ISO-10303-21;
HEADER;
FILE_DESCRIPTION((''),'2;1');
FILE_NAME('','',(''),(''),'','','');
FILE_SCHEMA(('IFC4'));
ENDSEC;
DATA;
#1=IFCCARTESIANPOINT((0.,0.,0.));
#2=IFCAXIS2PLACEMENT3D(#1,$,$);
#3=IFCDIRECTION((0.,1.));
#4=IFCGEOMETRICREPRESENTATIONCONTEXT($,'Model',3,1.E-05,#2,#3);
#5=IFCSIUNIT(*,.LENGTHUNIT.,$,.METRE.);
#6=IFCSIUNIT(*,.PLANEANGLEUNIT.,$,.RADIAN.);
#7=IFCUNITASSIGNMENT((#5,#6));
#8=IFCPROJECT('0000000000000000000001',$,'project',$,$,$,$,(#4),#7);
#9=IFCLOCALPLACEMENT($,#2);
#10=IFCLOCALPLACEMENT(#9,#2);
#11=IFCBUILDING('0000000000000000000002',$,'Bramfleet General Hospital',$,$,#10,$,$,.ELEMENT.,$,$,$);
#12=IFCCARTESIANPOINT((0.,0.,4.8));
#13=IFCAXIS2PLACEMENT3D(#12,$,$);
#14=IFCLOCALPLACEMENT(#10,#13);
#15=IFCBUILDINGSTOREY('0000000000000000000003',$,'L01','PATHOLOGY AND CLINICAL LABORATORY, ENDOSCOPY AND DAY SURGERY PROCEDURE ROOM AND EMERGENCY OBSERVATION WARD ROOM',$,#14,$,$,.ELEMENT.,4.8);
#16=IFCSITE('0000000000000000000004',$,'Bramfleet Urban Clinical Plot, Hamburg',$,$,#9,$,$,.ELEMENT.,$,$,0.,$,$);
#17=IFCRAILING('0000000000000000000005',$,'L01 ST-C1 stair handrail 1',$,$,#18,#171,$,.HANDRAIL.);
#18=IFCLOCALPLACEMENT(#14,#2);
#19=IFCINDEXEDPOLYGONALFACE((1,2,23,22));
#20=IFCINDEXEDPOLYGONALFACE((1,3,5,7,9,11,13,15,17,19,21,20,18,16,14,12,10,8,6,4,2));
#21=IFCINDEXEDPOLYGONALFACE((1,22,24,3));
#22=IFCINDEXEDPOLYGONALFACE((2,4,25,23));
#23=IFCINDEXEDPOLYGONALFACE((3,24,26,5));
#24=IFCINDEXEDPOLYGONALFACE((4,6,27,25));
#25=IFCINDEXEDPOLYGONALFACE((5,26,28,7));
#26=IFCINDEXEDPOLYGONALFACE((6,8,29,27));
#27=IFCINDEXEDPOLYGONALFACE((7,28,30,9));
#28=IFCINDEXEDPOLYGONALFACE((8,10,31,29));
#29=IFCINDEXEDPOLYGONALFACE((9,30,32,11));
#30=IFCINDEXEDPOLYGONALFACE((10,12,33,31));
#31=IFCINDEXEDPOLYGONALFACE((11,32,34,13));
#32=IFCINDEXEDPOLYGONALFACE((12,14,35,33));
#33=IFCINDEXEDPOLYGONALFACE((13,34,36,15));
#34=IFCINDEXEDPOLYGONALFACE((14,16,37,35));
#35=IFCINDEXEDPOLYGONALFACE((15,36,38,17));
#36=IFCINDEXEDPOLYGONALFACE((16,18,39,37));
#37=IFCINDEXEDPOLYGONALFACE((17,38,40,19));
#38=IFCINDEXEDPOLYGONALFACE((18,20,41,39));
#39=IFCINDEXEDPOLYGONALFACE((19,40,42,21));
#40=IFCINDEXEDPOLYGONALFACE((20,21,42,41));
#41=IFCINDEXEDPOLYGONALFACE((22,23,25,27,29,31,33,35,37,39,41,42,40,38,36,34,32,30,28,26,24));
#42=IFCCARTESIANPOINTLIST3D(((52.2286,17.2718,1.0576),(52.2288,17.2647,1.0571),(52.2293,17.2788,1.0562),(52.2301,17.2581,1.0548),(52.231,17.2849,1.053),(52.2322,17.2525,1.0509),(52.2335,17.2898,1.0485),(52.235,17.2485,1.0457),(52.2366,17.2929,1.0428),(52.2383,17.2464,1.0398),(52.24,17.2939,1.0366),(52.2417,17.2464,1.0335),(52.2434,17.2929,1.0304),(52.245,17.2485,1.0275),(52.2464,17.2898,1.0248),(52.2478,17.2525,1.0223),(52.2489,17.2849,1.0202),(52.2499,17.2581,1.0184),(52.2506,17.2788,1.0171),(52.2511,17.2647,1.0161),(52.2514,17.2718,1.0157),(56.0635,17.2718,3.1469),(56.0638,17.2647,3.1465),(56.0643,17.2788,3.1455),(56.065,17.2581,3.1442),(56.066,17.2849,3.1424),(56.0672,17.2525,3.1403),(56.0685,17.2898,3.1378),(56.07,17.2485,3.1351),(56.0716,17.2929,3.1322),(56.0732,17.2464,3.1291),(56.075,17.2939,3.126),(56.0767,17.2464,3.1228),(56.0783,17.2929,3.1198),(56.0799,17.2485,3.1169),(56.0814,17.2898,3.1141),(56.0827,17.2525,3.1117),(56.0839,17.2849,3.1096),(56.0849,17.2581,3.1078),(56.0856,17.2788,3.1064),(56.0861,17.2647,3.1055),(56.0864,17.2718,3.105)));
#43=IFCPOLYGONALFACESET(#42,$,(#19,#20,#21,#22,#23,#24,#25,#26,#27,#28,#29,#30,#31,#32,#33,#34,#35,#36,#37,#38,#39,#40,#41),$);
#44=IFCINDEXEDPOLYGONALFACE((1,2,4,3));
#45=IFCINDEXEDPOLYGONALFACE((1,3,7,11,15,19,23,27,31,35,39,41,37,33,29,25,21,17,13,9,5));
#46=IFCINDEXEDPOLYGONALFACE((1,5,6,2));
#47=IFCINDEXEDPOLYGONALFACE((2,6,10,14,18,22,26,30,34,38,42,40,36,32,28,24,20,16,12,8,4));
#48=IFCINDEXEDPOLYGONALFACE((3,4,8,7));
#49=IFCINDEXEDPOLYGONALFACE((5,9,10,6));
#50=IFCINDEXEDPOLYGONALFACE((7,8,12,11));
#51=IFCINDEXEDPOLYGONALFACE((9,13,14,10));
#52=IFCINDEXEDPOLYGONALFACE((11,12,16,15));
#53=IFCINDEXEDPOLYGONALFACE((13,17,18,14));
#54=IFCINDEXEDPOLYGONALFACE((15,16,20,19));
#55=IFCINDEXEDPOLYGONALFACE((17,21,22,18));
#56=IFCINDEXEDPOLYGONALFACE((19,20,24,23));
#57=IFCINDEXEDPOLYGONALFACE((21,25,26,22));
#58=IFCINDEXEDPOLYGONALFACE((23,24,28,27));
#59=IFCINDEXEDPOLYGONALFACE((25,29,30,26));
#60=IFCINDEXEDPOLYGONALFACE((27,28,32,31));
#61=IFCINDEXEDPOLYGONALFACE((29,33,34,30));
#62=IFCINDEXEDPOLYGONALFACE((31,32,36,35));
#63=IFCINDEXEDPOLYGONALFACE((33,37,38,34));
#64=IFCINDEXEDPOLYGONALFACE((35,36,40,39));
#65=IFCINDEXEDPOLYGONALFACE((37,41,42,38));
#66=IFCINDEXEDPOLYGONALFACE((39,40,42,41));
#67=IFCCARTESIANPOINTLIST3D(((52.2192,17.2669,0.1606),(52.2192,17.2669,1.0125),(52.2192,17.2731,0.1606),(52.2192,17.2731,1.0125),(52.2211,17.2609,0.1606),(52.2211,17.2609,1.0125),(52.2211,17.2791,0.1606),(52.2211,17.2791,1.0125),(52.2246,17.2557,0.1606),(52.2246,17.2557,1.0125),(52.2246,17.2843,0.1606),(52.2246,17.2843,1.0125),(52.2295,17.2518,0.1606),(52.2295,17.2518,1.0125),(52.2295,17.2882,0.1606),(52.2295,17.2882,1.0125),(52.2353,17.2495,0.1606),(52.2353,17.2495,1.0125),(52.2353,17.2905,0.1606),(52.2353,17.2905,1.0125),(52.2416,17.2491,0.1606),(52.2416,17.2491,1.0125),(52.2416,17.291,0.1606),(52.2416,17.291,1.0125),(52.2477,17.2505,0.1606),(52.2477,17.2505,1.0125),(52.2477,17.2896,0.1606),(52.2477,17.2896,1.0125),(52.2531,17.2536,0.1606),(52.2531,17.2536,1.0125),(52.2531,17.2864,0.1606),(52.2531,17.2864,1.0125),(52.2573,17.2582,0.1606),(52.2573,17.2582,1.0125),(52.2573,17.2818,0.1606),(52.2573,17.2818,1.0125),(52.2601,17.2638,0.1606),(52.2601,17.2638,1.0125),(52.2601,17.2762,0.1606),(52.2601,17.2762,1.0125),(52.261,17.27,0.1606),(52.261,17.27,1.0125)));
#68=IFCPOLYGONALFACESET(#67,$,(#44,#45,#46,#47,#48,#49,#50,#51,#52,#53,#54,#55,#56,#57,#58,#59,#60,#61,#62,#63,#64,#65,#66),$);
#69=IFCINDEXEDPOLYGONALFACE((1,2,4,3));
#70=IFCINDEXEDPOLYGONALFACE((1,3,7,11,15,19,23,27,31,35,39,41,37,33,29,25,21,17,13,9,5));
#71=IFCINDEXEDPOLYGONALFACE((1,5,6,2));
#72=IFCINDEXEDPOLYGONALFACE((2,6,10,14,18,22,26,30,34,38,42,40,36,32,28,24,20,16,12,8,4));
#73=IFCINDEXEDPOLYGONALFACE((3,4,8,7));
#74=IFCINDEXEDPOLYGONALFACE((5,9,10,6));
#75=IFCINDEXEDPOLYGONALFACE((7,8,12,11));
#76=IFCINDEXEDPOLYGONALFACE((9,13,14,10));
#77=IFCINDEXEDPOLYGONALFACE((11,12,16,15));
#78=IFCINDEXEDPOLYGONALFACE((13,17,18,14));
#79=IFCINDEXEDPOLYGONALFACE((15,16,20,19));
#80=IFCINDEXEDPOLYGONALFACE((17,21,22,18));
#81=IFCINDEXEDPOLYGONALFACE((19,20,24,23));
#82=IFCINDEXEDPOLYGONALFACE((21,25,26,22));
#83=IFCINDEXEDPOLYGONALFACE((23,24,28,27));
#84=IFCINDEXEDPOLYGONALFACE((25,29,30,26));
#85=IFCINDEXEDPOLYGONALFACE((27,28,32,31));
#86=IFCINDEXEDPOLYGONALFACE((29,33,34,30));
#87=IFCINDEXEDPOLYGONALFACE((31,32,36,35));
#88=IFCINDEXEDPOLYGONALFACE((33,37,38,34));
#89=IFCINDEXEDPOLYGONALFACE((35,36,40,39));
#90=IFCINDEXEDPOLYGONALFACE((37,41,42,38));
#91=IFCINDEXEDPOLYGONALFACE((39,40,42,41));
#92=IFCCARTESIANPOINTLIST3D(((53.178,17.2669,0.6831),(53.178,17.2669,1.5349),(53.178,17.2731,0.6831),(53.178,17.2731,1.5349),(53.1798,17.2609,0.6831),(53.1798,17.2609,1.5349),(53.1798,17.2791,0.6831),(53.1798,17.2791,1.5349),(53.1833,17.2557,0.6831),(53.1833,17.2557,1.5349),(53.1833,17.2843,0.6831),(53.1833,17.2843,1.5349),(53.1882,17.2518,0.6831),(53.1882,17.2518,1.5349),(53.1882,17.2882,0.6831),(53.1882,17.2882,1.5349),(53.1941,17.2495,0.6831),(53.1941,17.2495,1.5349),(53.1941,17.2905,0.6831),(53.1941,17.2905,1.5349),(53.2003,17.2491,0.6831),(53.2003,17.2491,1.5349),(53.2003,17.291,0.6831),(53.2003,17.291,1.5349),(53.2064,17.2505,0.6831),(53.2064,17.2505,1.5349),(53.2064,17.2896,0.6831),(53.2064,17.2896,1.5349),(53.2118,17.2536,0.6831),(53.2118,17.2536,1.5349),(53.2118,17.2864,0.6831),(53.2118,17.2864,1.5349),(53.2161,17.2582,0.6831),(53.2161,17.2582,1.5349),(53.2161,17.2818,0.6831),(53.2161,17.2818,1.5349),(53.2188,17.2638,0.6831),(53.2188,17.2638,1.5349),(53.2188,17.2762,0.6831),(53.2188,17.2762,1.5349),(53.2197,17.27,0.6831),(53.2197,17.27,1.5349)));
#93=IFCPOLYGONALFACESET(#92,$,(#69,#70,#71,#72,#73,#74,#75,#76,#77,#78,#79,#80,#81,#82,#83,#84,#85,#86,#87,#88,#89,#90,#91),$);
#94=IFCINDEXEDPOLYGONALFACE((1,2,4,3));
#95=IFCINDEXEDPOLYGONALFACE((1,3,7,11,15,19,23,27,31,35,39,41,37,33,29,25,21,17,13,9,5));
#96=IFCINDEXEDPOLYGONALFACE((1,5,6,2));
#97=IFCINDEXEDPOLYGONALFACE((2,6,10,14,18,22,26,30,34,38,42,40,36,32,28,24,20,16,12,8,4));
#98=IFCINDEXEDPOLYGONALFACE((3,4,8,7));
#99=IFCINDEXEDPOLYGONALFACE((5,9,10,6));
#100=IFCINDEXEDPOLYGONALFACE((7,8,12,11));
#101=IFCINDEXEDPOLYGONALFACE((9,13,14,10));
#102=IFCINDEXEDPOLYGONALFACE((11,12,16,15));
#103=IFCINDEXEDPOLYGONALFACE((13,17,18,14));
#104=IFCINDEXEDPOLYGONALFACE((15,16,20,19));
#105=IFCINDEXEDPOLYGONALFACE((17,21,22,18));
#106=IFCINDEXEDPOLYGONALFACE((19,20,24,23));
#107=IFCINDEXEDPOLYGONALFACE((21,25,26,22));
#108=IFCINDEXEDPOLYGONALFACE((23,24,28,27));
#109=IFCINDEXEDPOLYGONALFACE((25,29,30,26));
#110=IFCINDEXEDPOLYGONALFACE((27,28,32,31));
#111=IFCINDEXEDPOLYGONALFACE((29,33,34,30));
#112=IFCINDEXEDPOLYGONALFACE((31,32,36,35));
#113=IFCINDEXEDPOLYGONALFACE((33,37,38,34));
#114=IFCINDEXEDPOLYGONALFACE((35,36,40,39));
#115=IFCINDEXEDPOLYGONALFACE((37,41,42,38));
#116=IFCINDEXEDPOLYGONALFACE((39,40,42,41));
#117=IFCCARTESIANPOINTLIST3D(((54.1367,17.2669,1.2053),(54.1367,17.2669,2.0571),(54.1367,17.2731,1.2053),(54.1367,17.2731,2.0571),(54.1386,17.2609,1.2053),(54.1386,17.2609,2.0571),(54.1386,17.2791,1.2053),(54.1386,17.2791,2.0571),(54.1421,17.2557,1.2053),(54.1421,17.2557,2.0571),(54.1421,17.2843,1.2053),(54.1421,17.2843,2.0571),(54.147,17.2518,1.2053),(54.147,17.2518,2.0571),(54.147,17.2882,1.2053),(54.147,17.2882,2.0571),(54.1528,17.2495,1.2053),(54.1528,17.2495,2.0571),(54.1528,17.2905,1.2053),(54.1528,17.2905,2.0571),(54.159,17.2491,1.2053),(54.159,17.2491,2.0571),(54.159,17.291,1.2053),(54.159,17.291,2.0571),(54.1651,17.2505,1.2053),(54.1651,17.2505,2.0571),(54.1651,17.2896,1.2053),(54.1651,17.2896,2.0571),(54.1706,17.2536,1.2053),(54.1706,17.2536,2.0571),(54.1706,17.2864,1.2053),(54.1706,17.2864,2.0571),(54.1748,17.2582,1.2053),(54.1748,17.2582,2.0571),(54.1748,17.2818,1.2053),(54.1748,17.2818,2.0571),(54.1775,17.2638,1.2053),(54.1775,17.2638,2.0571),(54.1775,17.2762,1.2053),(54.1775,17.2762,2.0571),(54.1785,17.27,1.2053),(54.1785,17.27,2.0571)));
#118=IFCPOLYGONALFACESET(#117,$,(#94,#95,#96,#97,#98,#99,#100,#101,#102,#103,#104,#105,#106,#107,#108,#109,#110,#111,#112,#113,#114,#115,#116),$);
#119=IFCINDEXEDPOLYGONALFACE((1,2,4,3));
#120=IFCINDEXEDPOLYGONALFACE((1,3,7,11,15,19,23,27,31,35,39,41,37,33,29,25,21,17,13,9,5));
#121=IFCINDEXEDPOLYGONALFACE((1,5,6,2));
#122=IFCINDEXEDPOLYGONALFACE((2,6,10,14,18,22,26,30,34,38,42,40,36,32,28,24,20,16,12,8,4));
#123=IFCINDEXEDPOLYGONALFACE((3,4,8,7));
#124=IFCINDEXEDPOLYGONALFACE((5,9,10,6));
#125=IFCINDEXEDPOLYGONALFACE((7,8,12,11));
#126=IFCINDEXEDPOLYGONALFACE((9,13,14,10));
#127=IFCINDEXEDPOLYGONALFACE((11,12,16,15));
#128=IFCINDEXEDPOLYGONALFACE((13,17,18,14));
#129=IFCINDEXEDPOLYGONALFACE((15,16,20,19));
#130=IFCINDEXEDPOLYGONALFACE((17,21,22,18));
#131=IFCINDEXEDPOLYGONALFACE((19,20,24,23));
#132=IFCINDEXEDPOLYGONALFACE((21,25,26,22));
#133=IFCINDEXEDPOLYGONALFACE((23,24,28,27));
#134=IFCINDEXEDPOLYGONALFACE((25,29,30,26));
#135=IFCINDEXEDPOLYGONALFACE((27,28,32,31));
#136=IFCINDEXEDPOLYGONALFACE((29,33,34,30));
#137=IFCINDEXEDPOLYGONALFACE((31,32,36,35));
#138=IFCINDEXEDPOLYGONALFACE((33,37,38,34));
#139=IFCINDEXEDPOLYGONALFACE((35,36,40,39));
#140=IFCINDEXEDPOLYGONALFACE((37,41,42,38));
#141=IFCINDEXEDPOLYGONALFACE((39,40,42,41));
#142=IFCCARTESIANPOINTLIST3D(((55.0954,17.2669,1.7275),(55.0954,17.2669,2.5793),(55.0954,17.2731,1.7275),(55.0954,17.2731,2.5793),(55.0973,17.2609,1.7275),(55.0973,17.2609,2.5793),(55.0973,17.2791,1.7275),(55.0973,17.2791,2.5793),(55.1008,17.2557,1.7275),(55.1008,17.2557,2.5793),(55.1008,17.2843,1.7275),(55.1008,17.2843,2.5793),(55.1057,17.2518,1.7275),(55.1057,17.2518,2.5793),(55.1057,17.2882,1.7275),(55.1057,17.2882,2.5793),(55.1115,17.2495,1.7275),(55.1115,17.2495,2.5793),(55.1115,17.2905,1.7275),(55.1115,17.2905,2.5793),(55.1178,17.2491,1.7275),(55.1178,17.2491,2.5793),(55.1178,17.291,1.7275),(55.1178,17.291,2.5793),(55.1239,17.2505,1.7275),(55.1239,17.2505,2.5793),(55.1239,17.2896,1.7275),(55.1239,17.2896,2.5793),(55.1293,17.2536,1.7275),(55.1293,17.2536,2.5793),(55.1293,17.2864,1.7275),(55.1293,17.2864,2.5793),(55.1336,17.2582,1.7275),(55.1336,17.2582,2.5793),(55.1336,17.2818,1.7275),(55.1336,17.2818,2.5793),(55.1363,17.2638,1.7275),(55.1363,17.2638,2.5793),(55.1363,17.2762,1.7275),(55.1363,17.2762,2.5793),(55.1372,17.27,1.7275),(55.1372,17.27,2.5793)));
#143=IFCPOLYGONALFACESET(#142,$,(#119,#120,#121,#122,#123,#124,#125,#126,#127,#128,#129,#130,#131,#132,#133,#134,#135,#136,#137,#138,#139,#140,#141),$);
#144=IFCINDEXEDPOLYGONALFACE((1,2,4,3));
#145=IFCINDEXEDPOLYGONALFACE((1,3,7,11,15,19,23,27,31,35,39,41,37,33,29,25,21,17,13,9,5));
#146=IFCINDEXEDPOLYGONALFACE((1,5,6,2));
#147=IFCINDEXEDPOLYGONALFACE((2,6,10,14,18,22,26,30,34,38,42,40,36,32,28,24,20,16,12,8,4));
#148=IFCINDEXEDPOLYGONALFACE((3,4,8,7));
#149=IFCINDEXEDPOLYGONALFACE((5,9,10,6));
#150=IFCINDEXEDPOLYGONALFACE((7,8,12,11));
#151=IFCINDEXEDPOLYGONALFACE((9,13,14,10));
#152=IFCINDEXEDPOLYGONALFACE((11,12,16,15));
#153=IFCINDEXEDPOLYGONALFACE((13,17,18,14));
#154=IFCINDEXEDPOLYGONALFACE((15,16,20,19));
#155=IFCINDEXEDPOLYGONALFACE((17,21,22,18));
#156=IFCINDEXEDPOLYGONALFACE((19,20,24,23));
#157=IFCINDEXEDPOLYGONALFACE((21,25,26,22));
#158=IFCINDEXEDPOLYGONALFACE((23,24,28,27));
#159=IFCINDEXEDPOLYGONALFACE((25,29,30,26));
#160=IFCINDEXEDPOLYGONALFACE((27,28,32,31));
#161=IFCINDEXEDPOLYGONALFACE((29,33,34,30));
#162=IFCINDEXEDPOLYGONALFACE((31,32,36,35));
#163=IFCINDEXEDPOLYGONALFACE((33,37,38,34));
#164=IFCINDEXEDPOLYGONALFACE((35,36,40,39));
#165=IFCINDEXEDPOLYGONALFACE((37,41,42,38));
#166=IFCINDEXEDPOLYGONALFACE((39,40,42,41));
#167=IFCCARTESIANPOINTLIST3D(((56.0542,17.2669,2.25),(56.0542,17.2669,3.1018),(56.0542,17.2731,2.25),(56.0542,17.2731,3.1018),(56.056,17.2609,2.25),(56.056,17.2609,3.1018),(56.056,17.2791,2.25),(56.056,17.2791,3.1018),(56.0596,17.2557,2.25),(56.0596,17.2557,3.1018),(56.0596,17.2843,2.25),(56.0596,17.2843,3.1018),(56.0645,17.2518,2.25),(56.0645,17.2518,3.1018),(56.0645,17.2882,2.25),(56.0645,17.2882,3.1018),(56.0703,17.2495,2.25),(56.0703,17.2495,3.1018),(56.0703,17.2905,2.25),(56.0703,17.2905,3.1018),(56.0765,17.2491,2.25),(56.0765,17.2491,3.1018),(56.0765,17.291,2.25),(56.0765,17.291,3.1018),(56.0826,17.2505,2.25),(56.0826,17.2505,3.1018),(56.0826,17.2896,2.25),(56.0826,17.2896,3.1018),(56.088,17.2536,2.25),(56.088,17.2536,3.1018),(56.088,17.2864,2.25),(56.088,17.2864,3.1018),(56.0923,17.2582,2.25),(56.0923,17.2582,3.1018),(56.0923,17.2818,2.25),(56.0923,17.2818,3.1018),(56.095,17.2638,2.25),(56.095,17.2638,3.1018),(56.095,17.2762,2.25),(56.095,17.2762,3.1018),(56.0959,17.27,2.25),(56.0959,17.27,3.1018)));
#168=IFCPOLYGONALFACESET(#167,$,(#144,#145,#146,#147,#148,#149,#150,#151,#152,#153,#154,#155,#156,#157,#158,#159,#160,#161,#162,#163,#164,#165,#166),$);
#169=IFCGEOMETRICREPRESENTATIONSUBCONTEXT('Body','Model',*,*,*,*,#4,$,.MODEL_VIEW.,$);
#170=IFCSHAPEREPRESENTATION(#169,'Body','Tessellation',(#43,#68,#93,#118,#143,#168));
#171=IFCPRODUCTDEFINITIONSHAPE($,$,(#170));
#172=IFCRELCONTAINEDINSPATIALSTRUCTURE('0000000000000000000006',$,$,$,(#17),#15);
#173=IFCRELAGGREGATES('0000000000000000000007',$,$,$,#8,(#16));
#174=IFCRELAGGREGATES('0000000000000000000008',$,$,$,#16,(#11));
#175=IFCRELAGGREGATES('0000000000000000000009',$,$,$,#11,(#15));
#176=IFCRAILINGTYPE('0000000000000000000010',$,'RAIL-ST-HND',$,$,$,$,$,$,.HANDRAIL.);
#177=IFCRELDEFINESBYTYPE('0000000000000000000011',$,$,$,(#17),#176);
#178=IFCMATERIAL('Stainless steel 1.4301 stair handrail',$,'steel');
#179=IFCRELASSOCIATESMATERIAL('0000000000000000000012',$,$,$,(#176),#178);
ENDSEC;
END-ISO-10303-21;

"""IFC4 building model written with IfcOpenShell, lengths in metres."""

from ifc_helpers import new_model, si_unit, direction, frame, origin, origin_2d, place, context, subcontext, project, spatial, circle, extrude, material, type_object, element, save


model = new_model("IFC4")

# Units and contexts
model_context = context("Model", 3, precision=1e-05, world=origin(), true_north=direction((0.0, 1.0)))
body_context = subcontext(model_context, "Body", "Model", "MODEL_VIEW")
ifc_project = project(units=[si_unit("LENGTHUNIT", "METRE"), si_unit("PLANEANGLEUNIT", "RADIAN")], contexts=[model_context])

# Site, building, storey
site_placement = place(None, origin())
site = spatial("IfcSite", under=ifc_project, at=site_placement, Name="Bramfleet Urban Clinical Plot, Hamburg", CompositionType="ELEMENT", RefElevation=0.0)
building_placement = place(site_placement, origin())
building = spatial("IfcBuilding", under=site, at=building_placement, Name="Bramfleet General Hospital", CompositionType="ELEMENT")
storey_placement = place(building_placement, frame((0.0, 0.0, 4.8)))
storey = spatial("IfcBuildingStorey", under=building, at=storey_placement, Name="L01", Description="PATHOLOGY AND CLINICAL LABORATORY, ENDOSCOPY AND DAY SURGERY PROCEDURE ROOM AND EMERGENCY OBSERVATION WARD ROOM", CompositionType="ELEMENT", Elevation=4.8)

# Railing
ifc_material_1 = material(Name="Stainless steel 1.4301 stair handrail", Category="steel")
railing_type_1 = type_object("IfcRailingType", Name="RAIL-ST-HND", PredefinedType="HANDRAIL", material=ifc_material_1)
railing_1_placement = place(storey_placement, frame((52.24, 17.27, 0.1606)))
element("IfcRailing", 1, at=railing_1_placement, inside=storey, type_object=railing_type_1, Name="L01 ST-C1 stair handrail 1", PredefinedType="HANDRAIL", context=body_context, shape_type="SweptSolid", body=[
    extrude(circle(Radius=0.0239, at=origin_2d()), frame((0.0, 0.0, 0.876), z_axis=(0.87813, 0.0, 0.478421), x_axis=(0.0, 1.0, 0.0)), (0.0, 0.0, 1.0), 4.3672),
    extrude(circle(Radius=0.021, at=origin_2d()), origin(), (0.0, 0.0, 1.0), 0.8518),
    extrude(circle(Radius=0.021, at=origin_2d()), frame((0.9587, 0.0, 0.5225)), (0.0, 0.0, 1.0), 0.8518),
    extrude(circle(Radius=0.021, at=origin_2d()), frame((1.9175, 0.0, 1.0447)), (0.0, 0.0, 1.0), 0.8518),
    extrude(circle(Radius=0.021, at=origin_2d()), frame((2.8762, 0.0, 1.5669)), (0.0, 0.0, 1.0), 0.8518),
    extrude(circle(Radius=0.021, at=origin_2d()), frame((3.835, 0.0, 2.0894)), (0.0, 0.0, 1.0), 0.8518),
])

save(model, "model.ifc")
